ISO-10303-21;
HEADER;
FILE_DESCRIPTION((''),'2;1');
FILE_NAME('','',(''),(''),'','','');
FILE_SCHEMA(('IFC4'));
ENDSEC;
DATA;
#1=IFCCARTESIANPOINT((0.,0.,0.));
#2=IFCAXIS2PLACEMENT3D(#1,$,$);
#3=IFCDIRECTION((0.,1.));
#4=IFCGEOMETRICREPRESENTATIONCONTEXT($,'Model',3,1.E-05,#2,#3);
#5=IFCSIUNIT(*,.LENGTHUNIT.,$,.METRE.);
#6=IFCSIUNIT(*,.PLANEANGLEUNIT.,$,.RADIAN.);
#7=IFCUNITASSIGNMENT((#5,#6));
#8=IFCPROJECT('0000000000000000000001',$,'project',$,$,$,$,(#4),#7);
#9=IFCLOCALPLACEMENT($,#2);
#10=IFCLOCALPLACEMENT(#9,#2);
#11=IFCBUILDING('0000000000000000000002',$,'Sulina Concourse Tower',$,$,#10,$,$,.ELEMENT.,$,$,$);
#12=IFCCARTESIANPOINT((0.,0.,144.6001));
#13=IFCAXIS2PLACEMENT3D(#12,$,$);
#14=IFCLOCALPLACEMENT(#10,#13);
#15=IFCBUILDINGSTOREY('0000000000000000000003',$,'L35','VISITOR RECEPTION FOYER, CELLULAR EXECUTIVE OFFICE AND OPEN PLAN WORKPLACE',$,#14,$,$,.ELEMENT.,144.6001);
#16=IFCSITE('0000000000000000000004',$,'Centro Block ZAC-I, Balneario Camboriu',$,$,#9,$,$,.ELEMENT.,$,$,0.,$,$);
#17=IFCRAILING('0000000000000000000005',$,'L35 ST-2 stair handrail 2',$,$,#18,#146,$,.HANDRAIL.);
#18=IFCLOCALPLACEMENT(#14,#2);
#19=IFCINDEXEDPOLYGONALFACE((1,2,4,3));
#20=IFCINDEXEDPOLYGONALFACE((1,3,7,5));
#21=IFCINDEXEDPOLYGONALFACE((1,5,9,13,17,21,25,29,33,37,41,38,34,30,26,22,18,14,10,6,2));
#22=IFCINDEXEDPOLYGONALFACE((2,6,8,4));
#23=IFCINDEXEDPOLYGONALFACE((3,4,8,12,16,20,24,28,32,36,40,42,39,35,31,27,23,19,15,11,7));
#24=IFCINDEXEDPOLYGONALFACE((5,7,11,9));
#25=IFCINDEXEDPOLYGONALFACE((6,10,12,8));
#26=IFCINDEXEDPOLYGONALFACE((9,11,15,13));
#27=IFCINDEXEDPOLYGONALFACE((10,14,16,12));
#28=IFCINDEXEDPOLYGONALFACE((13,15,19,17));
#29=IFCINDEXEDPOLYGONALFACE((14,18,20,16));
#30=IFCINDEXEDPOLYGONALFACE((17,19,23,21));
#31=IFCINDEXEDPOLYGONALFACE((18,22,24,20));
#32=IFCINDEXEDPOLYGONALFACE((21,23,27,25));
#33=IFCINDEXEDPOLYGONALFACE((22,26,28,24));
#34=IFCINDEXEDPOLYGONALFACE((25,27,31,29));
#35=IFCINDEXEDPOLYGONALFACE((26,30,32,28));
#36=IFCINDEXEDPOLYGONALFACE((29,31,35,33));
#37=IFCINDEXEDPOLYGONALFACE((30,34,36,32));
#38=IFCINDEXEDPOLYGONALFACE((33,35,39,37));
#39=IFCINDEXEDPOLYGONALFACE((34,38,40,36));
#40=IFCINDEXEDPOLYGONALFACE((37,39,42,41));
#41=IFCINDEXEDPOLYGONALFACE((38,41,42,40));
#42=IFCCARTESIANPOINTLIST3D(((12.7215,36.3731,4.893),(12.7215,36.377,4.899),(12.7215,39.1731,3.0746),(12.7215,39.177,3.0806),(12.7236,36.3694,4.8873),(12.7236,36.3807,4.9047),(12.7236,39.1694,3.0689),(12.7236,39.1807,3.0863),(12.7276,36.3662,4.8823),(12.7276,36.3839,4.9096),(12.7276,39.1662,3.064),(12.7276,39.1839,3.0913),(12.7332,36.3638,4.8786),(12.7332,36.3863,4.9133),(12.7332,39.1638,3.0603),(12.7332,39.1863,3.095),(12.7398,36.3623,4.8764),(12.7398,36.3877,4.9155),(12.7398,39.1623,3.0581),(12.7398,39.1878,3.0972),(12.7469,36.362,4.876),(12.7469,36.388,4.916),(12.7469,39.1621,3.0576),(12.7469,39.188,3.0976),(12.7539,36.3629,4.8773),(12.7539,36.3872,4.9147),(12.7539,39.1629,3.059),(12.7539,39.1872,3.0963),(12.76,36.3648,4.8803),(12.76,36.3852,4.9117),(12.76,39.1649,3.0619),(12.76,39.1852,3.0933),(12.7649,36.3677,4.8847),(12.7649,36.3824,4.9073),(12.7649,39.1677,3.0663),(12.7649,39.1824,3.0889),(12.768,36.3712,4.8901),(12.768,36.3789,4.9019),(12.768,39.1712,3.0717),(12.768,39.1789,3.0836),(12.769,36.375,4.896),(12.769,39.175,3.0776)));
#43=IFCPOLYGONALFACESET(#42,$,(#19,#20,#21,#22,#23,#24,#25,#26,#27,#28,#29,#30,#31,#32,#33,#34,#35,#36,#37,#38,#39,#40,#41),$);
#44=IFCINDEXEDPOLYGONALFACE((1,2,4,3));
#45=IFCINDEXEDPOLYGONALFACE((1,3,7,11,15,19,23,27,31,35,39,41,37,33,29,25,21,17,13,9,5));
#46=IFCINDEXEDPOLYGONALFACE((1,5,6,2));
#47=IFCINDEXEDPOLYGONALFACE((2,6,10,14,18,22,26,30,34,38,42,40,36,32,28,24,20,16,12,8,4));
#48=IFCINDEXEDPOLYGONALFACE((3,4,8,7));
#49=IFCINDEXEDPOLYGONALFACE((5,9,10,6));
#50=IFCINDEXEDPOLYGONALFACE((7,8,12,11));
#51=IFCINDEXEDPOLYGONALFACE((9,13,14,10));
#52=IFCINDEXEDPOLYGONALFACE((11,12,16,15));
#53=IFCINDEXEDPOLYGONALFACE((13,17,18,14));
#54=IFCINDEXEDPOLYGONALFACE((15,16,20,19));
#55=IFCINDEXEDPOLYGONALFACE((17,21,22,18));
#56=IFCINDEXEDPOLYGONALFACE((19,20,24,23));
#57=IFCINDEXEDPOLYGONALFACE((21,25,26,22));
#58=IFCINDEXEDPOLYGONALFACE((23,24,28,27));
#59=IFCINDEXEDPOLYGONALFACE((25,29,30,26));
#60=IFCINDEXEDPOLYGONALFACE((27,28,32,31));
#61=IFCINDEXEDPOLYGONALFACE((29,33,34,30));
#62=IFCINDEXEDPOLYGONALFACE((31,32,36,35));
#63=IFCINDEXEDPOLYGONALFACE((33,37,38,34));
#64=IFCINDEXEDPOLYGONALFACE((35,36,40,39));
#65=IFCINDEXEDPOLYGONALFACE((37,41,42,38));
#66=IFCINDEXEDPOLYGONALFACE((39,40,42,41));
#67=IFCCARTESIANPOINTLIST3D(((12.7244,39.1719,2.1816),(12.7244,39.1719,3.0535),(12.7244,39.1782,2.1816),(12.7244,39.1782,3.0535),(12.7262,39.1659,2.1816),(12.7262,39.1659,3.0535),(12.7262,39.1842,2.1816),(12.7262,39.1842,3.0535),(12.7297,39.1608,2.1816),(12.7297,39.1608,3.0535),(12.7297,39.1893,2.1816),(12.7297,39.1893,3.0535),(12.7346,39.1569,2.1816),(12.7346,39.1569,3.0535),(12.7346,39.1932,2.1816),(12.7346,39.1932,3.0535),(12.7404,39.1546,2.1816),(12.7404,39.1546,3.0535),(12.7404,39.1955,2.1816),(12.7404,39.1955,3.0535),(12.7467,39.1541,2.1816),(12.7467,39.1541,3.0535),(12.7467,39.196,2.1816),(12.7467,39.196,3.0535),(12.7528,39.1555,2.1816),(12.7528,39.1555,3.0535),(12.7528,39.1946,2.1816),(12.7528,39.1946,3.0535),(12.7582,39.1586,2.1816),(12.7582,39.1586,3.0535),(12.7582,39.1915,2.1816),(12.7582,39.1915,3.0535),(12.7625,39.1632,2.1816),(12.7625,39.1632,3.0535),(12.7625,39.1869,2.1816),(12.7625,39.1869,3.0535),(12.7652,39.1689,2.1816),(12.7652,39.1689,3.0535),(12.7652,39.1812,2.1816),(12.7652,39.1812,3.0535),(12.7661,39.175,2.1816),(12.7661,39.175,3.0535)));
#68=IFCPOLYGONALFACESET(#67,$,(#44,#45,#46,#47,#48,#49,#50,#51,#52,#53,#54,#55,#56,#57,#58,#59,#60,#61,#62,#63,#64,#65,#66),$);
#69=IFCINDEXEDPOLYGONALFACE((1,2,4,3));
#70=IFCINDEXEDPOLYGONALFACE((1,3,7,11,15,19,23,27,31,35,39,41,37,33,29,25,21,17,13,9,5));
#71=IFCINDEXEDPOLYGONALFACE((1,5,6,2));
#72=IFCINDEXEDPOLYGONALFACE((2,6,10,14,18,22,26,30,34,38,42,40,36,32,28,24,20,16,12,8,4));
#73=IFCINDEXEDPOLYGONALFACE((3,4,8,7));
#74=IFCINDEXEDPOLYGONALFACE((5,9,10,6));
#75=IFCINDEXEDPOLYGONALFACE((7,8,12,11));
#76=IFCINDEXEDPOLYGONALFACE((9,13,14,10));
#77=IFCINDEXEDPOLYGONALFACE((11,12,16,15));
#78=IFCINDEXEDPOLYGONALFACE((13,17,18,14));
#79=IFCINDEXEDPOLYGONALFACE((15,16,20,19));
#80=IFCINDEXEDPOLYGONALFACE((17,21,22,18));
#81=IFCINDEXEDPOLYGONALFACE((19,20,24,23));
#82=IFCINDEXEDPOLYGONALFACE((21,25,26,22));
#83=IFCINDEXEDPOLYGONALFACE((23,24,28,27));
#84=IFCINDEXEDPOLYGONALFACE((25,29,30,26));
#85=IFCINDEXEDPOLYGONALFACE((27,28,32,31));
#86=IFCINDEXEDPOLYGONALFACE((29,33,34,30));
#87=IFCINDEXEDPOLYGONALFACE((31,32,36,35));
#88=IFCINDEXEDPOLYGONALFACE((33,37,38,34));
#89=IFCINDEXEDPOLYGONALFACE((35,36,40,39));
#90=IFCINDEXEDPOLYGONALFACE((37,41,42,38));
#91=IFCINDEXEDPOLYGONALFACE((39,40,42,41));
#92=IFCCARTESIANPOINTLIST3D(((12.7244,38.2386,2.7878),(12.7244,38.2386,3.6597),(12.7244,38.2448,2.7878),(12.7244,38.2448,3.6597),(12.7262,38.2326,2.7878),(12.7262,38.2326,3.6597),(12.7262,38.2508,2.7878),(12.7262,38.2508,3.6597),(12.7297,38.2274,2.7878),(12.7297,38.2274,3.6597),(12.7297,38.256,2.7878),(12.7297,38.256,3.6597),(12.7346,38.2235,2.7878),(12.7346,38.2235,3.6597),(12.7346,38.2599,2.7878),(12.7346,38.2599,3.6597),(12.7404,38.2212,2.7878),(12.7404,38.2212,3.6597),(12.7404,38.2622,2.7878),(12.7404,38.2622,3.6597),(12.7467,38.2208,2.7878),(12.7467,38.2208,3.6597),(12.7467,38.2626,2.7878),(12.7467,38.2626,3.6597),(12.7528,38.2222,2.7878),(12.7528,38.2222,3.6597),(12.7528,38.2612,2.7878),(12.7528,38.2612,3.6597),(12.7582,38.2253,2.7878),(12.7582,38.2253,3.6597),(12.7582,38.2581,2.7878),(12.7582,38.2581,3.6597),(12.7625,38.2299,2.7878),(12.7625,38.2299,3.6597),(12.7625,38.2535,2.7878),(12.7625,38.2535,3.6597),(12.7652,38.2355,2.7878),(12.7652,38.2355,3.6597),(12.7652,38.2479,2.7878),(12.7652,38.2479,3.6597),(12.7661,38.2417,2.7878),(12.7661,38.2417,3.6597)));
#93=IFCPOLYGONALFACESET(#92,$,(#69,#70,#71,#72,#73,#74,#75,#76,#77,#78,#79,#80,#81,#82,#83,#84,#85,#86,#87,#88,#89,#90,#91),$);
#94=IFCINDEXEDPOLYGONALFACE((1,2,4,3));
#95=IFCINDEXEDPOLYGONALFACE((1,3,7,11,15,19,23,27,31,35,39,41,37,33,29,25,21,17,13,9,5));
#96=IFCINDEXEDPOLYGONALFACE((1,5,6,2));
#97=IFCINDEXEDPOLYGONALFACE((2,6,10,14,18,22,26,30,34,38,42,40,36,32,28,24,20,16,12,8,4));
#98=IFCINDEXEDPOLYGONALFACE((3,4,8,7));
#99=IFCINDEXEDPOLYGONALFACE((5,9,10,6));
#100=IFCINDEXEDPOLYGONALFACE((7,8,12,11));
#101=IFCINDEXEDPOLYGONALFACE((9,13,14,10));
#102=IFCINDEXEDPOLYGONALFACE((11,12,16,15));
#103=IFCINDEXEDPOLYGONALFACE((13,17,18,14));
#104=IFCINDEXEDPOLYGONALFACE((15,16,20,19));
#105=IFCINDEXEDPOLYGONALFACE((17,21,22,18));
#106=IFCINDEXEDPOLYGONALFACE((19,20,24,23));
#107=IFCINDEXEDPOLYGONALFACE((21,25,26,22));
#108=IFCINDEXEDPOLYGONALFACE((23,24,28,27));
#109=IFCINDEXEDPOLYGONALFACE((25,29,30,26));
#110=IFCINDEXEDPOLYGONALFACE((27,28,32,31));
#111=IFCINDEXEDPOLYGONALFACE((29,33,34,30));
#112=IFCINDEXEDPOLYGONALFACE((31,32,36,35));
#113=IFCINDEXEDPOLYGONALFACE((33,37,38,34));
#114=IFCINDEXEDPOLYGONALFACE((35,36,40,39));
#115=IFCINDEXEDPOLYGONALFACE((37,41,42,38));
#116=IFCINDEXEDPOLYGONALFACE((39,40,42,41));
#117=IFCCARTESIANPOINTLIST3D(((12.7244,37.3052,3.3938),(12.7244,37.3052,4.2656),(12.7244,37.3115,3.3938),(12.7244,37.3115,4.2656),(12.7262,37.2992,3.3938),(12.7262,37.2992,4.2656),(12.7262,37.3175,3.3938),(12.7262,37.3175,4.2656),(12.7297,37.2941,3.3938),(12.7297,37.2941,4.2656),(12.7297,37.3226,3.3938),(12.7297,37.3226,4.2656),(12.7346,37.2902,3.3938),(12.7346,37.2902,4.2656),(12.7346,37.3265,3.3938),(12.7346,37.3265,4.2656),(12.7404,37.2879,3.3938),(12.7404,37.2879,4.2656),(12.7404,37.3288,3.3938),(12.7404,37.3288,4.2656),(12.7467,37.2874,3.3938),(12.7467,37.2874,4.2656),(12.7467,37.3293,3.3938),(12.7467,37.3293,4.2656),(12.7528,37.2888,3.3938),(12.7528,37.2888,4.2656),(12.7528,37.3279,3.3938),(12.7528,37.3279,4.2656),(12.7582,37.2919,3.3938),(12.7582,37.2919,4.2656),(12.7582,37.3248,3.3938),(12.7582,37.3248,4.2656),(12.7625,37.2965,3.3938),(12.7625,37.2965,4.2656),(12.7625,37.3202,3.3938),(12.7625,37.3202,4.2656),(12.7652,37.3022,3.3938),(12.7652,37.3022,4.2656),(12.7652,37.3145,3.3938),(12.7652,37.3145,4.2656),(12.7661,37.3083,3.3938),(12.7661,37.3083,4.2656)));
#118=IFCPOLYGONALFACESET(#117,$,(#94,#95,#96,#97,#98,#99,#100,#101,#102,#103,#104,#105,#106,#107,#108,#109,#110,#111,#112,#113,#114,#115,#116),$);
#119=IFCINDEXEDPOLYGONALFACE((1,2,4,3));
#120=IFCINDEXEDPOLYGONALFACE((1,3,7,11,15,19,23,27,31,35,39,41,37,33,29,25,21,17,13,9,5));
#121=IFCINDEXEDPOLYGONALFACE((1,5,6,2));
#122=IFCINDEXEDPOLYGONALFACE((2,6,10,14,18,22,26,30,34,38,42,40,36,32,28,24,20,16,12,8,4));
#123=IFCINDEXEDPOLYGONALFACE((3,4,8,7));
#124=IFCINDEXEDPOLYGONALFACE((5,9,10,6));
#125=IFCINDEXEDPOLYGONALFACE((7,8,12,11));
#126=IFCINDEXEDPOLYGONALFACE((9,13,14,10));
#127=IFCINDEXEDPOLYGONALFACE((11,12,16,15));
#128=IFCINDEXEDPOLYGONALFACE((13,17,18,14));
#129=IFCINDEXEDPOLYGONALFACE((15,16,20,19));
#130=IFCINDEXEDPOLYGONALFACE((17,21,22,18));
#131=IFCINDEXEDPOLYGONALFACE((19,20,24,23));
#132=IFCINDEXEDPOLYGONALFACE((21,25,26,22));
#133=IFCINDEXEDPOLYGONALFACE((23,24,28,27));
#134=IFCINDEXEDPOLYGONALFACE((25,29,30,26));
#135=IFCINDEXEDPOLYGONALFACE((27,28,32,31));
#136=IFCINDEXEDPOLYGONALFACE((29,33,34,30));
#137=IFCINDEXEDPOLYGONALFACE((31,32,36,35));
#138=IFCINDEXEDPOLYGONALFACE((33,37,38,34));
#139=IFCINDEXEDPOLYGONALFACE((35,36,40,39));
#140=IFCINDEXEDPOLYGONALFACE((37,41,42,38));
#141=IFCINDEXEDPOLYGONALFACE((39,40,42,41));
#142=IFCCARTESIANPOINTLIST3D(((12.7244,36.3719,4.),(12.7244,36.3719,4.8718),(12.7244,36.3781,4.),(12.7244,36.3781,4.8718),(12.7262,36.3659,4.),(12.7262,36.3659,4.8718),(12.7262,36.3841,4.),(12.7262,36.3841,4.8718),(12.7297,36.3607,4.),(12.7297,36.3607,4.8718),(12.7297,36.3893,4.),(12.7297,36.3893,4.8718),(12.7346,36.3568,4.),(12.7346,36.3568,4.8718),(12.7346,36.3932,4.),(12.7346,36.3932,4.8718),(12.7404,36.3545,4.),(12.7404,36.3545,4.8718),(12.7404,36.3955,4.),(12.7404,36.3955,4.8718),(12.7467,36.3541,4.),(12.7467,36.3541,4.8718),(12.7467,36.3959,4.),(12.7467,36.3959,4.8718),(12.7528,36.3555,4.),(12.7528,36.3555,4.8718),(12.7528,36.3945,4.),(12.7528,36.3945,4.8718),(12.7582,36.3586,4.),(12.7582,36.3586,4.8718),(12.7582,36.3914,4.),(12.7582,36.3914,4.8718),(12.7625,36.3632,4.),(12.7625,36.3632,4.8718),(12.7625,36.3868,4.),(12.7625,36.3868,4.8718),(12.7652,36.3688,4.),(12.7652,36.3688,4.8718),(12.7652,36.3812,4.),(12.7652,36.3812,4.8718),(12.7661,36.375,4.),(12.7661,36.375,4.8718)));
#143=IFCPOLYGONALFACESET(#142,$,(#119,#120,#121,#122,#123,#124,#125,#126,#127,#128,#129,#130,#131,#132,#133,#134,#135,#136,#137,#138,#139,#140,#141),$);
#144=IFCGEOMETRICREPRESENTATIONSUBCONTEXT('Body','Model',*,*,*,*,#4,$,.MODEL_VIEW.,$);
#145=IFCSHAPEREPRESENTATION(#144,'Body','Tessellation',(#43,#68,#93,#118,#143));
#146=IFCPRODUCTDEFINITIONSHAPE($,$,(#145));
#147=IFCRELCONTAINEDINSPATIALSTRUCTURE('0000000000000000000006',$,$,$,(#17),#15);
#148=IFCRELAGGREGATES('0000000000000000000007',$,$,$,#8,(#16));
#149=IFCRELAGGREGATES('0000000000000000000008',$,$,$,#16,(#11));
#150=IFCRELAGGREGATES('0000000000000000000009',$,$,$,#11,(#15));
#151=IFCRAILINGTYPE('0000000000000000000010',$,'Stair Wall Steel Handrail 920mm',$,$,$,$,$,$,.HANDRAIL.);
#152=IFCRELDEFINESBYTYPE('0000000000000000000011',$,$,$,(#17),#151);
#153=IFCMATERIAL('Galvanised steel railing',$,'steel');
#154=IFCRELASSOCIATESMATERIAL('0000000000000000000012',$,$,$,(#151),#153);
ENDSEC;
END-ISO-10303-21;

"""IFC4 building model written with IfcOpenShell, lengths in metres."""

from ifc_helpers import new_model, si_unit, direction, frame, origin, origin_2d, place, context, subcontext, project, spatial, circle, extrude, material, type_object, element, save


model = new_model("IFC4")

# Units and contexts
model_context = context("Model", 3, precision=1e-05, world=origin(), true_north=direction((0.0, 1.0)))
body_context = subcontext(model_context, "Body", "Model", "MODEL_VIEW")
ifc_project = project(units=[si_unit("LENGTHUNIT", "METRE"), si_unit("PLANEANGLEUNIT", "RADIAN")], contexts=[model_context])

# Site, building, storey
site_placement = place(None, origin())
site = spatial("IfcSite", under=ifc_project, at=site_placement, Name="Centro Block ZAC-I, Balneario Camboriu", CompositionType="ELEMENT", RefElevation=0.0)
building_placement = place(site_placement, origin())
building = spatial("IfcBuilding", under=site, at=building_placement, Name="Sulina Concourse Tower", CompositionType="ELEMENT")
storey_placement = place(building_placement, frame((0.0, 0.0, 144.6001)))
storey = spatial("IfcBuildingStorey", under=building, at=storey_placement, Name="L35", Description="VISITOR RECEPTION FOYER, CELLULAR EXECUTIVE OFFICE AND OPEN PLAN WORKPLACE", CompositionType="ELEMENT", Elevation=144.6001)

# Railing
ifc_material_1 = material(Name="Galvanised steel railing", Category="steel")
railing_type_1 = type_object("IfcRailingType", Name="Stair Wall Steel Handrail 920mm", PredefinedType="HANDRAIL", material=ifc_material_1)
railing_1_placement = place(storey_placement, frame((12.7451, 39.175, 2.1816)))
element("IfcRailing", 1, at=railing_1_placement, inside=storey, type_object=railing_type_1, Name="L35 ST-2 stair handrail 2", PredefinedType="HANDRAIL", context=body_context, shape_type="SweptSolid", body=[
    extrude(circle(Radius=0.0239, at=origin_2d()), frame((0.0, 0.0, 0.896), z_axis=(0.0, -0.838672, 0.544636), x_axis=(1.0, 0.0, 0.0)), (0.0, 0.0, 1.0), 3.3386),
    extrude(circle(Radius=0.021, at=origin_2d()), origin(), (0.0, 0.0, 1.0), 0.8718),
    extrude(circle(Radius=0.021, at=origin_2d()), frame((0.0, -0.9333, 0.6062)), (0.0, 0.0, 1.0), 0.8718),
    extrude(circle(Radius=0.021, at=origin_2d()), frame((0.0, -1.8667, 1.2122)), (0.0, 0.0, 1.0), 0.8718),
    extrude(circle(Radius=0.021, at=origin_2d()), frame((0.0, -2.8, 1.8184)), (0.0, 0.0, 1.0), 0.8718),
])

save(model, "model.ifc")
